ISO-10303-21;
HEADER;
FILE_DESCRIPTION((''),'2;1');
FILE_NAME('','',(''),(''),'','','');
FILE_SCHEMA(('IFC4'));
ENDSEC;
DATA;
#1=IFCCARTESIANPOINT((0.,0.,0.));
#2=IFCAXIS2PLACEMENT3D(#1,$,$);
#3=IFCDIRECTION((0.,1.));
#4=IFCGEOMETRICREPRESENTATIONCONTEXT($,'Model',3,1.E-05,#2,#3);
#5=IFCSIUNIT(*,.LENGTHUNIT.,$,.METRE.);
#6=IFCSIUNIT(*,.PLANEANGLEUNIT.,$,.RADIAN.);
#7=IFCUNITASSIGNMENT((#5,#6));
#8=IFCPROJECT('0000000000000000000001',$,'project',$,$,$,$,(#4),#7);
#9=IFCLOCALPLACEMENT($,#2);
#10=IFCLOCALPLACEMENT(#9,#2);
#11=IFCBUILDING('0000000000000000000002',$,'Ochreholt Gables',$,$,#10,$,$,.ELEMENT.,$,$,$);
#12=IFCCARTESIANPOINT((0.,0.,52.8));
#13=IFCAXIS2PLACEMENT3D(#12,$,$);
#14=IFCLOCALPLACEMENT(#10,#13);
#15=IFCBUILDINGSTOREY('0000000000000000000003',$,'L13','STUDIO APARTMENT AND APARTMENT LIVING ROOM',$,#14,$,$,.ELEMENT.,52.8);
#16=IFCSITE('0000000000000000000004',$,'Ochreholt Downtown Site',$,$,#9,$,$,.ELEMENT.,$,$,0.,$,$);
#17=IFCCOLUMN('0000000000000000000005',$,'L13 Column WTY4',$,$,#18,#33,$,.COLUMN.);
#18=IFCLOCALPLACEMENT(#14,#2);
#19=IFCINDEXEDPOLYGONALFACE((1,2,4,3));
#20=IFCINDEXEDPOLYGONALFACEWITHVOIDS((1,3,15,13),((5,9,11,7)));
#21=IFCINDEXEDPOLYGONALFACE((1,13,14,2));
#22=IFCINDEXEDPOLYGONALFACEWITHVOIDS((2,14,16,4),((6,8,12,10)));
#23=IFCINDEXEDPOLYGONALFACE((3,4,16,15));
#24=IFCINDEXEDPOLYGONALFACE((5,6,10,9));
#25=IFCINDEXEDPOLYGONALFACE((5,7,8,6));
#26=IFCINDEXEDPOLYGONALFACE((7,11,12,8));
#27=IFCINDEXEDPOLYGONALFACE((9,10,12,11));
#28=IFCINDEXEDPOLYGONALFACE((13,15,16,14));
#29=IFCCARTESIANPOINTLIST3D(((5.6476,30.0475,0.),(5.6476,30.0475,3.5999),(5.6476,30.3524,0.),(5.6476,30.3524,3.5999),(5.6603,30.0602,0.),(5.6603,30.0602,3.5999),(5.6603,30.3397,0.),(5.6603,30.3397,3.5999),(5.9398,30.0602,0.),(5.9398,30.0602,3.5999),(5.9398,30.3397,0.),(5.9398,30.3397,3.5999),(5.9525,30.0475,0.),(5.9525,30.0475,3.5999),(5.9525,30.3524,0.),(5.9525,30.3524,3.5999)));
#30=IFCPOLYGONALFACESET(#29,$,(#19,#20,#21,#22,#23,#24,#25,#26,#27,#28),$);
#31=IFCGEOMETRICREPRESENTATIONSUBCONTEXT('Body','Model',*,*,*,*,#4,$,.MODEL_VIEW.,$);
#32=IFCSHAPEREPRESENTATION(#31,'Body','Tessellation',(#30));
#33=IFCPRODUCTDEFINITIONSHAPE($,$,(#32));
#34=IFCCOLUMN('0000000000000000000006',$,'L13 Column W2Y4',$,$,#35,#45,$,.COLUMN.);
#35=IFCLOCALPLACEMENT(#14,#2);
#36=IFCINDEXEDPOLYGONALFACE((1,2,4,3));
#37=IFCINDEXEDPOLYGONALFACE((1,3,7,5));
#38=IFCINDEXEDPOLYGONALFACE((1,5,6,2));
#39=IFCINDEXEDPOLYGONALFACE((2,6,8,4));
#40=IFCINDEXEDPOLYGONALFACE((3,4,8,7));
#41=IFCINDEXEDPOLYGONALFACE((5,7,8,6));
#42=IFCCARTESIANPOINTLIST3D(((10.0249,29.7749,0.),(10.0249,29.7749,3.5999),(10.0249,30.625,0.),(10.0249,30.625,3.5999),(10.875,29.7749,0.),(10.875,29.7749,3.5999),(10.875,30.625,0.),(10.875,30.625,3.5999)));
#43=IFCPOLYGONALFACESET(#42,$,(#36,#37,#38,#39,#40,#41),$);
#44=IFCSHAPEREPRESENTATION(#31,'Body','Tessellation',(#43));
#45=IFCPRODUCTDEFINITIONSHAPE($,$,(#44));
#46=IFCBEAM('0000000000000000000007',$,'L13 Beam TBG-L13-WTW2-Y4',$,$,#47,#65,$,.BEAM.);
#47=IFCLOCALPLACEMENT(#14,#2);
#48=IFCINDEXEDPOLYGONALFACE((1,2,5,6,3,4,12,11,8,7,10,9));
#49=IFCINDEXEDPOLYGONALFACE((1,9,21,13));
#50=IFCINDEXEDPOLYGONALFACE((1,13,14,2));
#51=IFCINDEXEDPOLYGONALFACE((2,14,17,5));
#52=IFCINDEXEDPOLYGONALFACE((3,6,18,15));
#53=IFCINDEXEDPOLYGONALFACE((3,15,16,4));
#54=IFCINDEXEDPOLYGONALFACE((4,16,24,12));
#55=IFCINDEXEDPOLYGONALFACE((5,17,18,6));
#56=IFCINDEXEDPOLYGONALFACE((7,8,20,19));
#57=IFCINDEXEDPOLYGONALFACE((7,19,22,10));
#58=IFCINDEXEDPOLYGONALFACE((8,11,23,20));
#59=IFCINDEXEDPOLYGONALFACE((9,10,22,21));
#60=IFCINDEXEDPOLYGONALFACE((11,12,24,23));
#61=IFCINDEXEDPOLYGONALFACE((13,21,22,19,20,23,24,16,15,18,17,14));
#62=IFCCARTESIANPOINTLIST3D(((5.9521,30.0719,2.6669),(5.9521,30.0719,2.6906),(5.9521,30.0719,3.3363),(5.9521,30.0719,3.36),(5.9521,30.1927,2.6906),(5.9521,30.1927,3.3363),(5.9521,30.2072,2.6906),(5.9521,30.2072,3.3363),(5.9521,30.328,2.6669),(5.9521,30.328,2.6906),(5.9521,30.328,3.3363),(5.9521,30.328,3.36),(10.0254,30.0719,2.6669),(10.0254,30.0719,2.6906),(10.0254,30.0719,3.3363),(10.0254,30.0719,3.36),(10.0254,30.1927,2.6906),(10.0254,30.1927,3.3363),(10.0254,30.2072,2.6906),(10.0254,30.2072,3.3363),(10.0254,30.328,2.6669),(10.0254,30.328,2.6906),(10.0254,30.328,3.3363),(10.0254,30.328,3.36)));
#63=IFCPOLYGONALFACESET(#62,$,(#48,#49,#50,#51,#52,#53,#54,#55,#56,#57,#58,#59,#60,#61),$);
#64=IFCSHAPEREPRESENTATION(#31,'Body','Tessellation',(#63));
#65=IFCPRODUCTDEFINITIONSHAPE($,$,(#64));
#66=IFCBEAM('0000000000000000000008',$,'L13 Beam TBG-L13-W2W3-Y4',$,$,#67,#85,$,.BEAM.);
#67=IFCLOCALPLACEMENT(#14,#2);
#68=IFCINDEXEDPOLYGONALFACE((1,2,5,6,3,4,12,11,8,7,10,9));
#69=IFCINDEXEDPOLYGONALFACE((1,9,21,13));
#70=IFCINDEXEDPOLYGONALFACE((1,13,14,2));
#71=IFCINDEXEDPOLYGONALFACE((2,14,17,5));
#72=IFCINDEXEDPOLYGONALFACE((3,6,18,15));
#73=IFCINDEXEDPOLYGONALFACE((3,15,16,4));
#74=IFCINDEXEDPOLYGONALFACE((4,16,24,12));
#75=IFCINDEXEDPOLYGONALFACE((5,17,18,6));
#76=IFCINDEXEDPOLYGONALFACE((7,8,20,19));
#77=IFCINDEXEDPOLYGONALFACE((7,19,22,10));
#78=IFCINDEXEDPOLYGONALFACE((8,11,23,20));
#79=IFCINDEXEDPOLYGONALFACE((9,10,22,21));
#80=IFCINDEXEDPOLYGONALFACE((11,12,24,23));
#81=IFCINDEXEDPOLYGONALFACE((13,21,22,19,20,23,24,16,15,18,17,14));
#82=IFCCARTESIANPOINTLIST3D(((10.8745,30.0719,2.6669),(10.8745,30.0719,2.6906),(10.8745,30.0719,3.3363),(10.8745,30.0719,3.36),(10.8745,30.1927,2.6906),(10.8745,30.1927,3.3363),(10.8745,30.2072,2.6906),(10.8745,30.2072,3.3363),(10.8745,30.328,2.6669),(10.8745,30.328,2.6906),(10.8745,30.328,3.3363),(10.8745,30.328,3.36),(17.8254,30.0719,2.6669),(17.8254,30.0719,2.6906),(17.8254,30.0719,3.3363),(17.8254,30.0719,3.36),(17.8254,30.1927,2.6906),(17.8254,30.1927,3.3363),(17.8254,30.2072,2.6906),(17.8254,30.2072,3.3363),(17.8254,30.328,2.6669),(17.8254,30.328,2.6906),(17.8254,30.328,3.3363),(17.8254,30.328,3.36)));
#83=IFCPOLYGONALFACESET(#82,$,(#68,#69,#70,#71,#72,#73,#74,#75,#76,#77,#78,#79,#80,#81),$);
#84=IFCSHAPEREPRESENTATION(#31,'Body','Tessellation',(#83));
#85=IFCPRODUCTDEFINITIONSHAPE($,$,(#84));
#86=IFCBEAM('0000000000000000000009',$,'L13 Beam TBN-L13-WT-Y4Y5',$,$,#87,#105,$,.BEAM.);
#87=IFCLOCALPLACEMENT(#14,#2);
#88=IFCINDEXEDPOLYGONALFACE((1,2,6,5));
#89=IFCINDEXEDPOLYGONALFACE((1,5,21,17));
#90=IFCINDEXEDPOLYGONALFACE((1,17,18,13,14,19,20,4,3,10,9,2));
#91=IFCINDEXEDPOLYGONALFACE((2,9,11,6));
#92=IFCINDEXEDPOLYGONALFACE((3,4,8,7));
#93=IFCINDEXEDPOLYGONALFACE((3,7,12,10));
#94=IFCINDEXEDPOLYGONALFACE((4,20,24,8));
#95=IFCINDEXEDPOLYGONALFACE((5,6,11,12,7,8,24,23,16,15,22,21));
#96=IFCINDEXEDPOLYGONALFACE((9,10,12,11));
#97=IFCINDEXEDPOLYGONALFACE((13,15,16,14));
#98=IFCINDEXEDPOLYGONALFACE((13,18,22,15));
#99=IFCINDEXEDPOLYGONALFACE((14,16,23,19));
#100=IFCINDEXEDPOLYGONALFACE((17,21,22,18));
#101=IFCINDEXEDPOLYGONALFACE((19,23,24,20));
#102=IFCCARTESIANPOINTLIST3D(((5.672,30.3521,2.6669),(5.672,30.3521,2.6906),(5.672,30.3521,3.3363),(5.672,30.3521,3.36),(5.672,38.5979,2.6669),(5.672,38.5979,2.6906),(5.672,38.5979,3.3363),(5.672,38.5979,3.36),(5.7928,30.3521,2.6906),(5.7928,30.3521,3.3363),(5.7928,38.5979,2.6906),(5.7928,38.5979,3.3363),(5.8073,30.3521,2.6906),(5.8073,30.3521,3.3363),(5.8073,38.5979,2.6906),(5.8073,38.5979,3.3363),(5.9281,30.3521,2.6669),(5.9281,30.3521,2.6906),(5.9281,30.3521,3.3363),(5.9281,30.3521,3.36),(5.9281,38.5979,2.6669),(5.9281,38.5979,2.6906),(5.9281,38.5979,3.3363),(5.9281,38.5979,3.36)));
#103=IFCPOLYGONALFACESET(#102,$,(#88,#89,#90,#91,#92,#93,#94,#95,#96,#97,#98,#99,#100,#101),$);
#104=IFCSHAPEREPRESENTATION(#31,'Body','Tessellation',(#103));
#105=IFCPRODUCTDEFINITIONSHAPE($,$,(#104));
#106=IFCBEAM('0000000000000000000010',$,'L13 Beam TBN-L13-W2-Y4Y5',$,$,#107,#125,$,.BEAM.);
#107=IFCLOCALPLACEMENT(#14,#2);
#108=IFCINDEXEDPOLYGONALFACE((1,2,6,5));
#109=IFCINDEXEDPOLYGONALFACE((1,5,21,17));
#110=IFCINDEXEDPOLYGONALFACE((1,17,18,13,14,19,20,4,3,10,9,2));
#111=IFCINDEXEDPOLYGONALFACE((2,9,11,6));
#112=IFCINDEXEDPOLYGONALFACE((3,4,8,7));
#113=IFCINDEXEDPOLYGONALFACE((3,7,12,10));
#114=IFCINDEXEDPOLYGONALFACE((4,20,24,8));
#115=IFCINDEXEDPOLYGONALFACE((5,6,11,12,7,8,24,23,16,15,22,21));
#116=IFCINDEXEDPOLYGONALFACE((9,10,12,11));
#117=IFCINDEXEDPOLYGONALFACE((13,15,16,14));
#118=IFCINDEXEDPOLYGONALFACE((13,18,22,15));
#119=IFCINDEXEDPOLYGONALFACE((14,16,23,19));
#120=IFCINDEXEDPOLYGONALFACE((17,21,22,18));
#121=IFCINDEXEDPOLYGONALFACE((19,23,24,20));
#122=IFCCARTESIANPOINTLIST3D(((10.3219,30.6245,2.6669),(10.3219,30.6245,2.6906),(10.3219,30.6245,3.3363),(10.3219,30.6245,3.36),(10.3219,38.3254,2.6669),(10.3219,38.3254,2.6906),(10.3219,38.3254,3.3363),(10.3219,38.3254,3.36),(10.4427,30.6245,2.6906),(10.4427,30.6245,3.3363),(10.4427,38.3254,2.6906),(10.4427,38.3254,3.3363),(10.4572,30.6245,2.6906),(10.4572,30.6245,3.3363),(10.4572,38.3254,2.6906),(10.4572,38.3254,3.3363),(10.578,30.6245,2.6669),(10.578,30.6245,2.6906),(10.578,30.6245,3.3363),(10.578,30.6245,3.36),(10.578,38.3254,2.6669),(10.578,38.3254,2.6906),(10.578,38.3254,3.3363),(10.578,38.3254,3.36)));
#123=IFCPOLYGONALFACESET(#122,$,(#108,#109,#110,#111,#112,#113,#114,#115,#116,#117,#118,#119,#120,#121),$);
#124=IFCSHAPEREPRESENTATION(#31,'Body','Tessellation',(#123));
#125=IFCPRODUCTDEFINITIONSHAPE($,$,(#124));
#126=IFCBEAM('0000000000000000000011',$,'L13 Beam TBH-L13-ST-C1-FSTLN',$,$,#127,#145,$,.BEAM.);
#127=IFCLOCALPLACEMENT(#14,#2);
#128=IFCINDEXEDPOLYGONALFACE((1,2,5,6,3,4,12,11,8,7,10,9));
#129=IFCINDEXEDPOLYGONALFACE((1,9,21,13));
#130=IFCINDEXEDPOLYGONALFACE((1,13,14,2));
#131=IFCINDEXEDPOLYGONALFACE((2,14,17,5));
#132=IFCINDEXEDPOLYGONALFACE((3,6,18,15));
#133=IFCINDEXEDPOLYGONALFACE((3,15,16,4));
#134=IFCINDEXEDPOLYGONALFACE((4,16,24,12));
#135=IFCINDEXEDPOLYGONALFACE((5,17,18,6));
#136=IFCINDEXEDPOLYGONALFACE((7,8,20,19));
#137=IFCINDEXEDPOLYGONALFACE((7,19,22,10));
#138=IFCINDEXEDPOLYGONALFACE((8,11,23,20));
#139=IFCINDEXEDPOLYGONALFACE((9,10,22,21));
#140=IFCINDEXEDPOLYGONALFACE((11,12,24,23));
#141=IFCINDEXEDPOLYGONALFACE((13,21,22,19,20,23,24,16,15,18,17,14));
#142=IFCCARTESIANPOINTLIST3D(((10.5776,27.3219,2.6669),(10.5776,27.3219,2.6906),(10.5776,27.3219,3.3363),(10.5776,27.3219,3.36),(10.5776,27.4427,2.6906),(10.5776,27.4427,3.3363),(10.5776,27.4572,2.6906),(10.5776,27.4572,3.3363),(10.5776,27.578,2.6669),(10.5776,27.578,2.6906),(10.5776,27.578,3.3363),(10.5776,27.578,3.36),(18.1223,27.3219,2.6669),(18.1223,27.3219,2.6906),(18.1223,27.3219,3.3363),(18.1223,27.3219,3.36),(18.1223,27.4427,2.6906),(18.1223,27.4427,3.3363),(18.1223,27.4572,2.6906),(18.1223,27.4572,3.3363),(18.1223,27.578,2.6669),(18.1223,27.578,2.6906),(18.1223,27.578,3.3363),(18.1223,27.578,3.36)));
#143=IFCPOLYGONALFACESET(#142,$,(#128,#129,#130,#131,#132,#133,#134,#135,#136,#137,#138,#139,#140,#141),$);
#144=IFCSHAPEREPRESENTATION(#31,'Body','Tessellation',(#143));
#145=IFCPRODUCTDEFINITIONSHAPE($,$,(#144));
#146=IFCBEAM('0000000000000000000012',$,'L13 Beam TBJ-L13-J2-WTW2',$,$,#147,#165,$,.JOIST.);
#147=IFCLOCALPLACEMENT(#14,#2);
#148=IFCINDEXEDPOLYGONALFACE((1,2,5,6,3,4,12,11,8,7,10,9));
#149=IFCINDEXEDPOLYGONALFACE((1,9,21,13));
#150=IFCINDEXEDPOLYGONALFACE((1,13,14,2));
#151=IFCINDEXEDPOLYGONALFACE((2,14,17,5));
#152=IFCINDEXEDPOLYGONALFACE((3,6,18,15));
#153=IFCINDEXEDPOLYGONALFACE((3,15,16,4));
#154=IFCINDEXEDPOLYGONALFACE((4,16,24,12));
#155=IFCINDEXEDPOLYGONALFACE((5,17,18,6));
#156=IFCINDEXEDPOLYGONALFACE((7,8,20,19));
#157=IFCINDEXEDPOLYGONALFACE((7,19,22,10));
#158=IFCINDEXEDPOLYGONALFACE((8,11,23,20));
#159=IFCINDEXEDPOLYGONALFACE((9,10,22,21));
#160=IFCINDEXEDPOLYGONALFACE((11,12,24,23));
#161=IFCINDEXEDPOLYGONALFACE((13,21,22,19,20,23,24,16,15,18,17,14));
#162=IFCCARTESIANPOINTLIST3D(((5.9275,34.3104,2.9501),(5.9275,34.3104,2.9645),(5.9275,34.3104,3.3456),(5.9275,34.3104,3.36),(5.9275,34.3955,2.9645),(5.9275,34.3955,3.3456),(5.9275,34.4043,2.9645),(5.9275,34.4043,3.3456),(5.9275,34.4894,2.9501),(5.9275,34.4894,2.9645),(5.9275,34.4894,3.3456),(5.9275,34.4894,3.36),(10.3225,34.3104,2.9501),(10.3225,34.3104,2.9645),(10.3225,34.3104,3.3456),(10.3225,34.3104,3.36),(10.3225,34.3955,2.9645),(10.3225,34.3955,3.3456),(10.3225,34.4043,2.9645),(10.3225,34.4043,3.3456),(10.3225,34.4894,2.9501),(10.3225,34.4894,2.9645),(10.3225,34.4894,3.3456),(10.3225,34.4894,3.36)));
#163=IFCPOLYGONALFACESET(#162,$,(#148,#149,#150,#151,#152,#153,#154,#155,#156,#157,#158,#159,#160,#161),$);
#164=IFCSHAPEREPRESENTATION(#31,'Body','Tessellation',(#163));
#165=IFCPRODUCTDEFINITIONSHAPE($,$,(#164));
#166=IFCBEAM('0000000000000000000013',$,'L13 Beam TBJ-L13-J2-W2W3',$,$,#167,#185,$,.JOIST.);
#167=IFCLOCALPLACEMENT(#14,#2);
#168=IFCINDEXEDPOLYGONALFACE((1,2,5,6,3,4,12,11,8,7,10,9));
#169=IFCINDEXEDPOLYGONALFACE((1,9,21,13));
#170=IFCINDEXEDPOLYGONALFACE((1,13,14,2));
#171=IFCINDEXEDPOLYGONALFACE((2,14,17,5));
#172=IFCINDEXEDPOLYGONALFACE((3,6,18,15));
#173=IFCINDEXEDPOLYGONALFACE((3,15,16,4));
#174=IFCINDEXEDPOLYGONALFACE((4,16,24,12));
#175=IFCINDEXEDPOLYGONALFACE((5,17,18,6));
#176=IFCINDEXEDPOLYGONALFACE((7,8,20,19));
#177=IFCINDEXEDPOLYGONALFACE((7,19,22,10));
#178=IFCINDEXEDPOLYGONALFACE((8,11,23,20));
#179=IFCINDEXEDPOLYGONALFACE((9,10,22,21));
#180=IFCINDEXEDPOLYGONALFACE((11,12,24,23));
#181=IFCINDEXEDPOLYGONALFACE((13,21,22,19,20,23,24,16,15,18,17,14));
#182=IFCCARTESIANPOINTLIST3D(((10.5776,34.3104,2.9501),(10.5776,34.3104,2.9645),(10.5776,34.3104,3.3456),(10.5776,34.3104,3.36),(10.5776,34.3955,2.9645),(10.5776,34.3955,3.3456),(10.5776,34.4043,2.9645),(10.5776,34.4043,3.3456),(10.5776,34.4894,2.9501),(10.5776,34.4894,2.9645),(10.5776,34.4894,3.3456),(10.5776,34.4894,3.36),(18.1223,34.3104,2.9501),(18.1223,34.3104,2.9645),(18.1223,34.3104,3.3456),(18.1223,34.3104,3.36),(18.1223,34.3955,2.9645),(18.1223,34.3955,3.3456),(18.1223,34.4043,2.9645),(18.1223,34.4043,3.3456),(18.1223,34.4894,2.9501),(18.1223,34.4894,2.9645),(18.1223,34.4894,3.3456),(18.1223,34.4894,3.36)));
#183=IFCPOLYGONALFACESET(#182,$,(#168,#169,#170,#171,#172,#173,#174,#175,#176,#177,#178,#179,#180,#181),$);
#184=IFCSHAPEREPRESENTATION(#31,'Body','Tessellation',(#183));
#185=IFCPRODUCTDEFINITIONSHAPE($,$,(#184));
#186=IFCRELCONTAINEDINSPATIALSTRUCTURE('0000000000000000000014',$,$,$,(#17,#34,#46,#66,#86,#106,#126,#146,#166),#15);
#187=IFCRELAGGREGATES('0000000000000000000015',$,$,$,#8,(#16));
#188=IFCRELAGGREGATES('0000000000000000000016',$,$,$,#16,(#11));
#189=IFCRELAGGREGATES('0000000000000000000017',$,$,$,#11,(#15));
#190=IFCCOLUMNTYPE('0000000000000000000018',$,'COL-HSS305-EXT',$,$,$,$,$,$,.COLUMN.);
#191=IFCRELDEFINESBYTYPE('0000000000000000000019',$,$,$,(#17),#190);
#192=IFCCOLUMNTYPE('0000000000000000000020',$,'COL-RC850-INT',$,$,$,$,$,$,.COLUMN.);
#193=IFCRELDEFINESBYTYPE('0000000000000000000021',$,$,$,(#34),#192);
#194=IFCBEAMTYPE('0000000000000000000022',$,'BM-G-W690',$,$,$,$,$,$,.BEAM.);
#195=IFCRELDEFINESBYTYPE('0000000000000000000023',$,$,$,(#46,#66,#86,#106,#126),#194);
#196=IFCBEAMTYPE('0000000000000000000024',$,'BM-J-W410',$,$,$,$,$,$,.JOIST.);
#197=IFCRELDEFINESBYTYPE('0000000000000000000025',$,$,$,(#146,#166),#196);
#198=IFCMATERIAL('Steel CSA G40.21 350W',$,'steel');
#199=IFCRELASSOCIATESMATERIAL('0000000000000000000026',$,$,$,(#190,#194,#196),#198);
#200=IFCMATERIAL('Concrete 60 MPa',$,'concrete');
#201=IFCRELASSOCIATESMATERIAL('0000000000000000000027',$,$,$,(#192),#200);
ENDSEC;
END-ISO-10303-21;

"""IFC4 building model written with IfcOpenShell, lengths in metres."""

from ifc_helpers import new_model, si_unit, direction, frame, origin, origin_2d, place, context, subcontext, project, spatial, rectangle, hollow_rectangle, i_section, extrude, material, material_profile, profile_set, type_object, element, save


model = new_model("IFC4")

# Units and contexts
model_context = context("Model", 3, precision=1e-05, world=origin(), true_north=direction((0.0, 1.0)))
body_context = subcontext(model_context, "Body", "Model", "MODEL_VIEW")
ifc_project = project(units=[si_unit("LENGTHUNIT", "METRE"), si_unit("PLANEANGLEUNIT", "RADIAN")], contexts=[model_context])

# Site, building, storey
site_placement = place(None, origin())
site = spatial("IfcSite", under=ifc_project, at=site_placement, Name="Ochreholt Downtown Site", CompositionType="ELEMENT", RefElevation=0.0)
building_placement = place(site_placement, origin())
building = spatial("IfcBuilding", under=site, at=building_placement, Name="Ochreholt Gables", CompositionType="ELEMENT")
storey_placement = place(building_placement, frame((0.0, 0.0, 52.8)))
storey = spatial("IfcBuildingStorey", under=building, at=storey_placement, Name="L13", Description="STUDIO APARTMENT AND APARTMENT LIVING ROOM", CompositionType="ELEMENT", Elevation=52.8)

# Columns
ifc_material_1 = material(Name="Steel CSA G40.21 350W", Category="steel")
ifc_material_profile_1 = material_profile(ifc_material_1, hollow_rectangle(XDim=0.3049, YDim=0.3049, WallThickness=0.0127, at=origin_2d()), Name="HSS305X305X13")
ifc_profile_set_1 = profile_set([ifc_material_profile_1], Name="Steel CSA G40.21 350W")
column_type_1 = type_object("IfcColumnType", Name="COL-HSS305-EXT", PredefinedType="COLUMN", material=ifc_profile_set_1)
column_1_placement = place(storey_placement, frame((5.8, 30.2, 0.0), z_axis=(0.0, 0.0, 1.0), x_axis=(1.0, 0.0, 0.0)))
element("IfcColumn", 1, at=column_1_placement, inside=storey, type_object=column_type_1, Name="L13 Column WTY4", PredefinedType="COLUMN", context=body_context, shape_type="SweptSolid", body=[
    extrude(hollow_rectangle(XDim=0.3049, YDim=0.3049, WallThickness=0.0127, at=origin_2d()), origin(), (0.0, 0.0, 1.0), 3.5999),
])
ifc_material_2 = material(Name="Concrete 60 MPa", Category="concrete")
ifc_material_profile_2 = material_profile(ifc_material_2, rectangle(XDim=0.8501, YDim=0.8501, at=origin_2d()), Name="RC850X850")
ifc_profile_set_2 = profile_set([ifc_material_profile_2], Name="Concrete 60 MPa")
column_type_2 = type_object("IfcColumnType", Name="COL-RC850-INT", PredefinedType="COLUMN", material=ifc_profile_set_2)
column_2_placement = place(storey_placement, frame((10.45, 30.2, 0.0), z_axis=(0.0, 0.0, 1.0), x_axis=(1.0, 0.0, 0.0)))
element("IfcColumn", 2, at=column_2_placement, inside=storey, type_object=column_type_2, Name="L13 Column W2Y4", PredefinedType="COLUMN", context=body_context, shape_type="SweptSolid", body=[
    extrude(rectangle(XDim=0.8501, YDim=0.8501, at=origin_2d()), origin(), (0.0, 0.0, 1.0), 3.5999),
])

# Beams
ifc_material_profile_3 = material_profile(ifc_material_1, i_section(OverallWidth=0.2561, OverallDepth=0.6931, WebThickness=0.0144, FlangeThickness=0.0237, at=origin_2d()), Name="W690X170")
ifc_profile_set_3 = profile_set([ifc_material_profile_3], Name="Steel CSA G40.21 350W")
beam_type_1 = type_object("IfcBeamType", Name="BM-G-W690", PredefinedType="BEAM", material=ifc_profile_set_3)
beam_1_placement = place(storey_placement, frame((5.9521, 30.2, 3.0134), z_axis=(1.0, 0.0, 0.0), x_axis=(0.0, 1.0, 0.0)))
element("IfcBeam", 3, at=beam_1_placement, inside=storey, type_object=beam_type_1, Name="L13 Beam TBG-L13-WTW2-Y4", PredefinedType="BEAM", context=body_context, shape_type="SweptSolid", body=[
    extrude(i_section(OverallWidth=0.2561, OverallDepth=0.6931, WebThickness=0.0144, FlangeThickness=0.0237, at=origin_2d()), origin(), (0.0, 0.0, 1.0), 4.0732),
])
beam_2_placement = place(storey_placement, frame((10.8745, 30.2, 3.0134), z_axis=(1.0, 0.0, 0.0), x_axis=(0.0, 1.0, 0.0)))
element("IfcBeam", 4, at=beam_2_placement, inside=storey, type_object=beam_type_1, Name="L13 Beam TBG-L13-W2W3-Y4", PredefinedType="BEAM", context=body_context, shape_type="SweptSolid", body=[
    extrude(i_section(OverallWidth=0.2561, OverallDepth=0.6931, WebThickness=0.0144, FlangeThickness=0.0237, at=origin_2d()), origin(), (0.0, 0.0, 1.0), 6.9509),
])
beam_3_placement = place(storey_placement, frame((5.8, 30.3521, 3.0134), z_axis=(0.0, 1.0, 0.0), x_axis=(-1.0, 0.0, 0.0)))
element("IfcBeam", 5, at=beam_3_placement, inside=storey, type_object=beam_type_1, Name="L13 Beam TBN-L13-WT-Y4Y5", PredefinedType="BEAM", context=body_context, shape_type="SweptSolid", body=[
    extrude(i_section(OverallWidth=0.2561, OverallDepth=0.6931, WebThickness=0.0144, FlangeThickness=0.0237, at=origin_2d()), origin(), (0.0, 0.0, 1.0), 8.2458),
])
beam_4_placement = place(storey_placement, frame((10.45, 30.6245, 3.0134), z_axis=(0.0, 1.0, 0.0), x_axis=(-1.0, 0.0, 0.0)))
element("IfcBeam", 6, at=beam_4_placement, inside=storey, type_object=beam_type_1, Name="L13 Beam TBN-L13-W2-Y4Y5", PredefinedType="BEAM", context=body_context, shape_type="SweptSolid", body=[
    extrude(i_section(OverallWidth=0.2561, OverallDepth=0.6931, WebThickness=0.0144, FlangeThickness=0.0237, at=origin_2d()), origin(), (0.0, 0.0, 1.0), 7.7009),
])
beam_5_placement = place(storey_placement, frame((10.5776, 27.45, 3.0134), z_axis=(1.0, 0.0, 0.0), x_axis=(0.0, 1.0, 0.0)))
element("IfcBeam", 7, at=beam_5_placement, inside=storey, type_object=beam_type_1, Name="L13 Beam TBH-L13-ST-C1-FSTLN", PredefinedType="BEAM", context=body_context, shape_type="SweptSolid", body=[
    extrude(i_section(OverallWidth=0.2561, OverallDepth=0.6931, WebThickness=0.0144, FlangeThickness=0.0237, at=origin_2d()), origin(), (0.0, 0.0, 1.0), 7.5447),
])
ifc_material_profile_4 = material_profile(ifc_material_1, i_section(OverallWidth=0.179, OverallDepth=0.4099, WebThickness=0.0088, FlangeThickness=0.0144, at=origin_2d()), Name="W410X67")
ifc_profile_set_4 = profile_set([ifc_material_profile_4], Name="Steel CSA G40.21 350W")
beam_type_2 = type_object("IfcBeamType", Name="BM-J-W410", PredefinedType="JOIST", material=ifc_profile_set_4)
beam_6_placement = place(storey_placement, frame((5.9275, 34.3999, 3.155), z_axis=(1.0, 0.0, 0.0), x_axis=(0.0, 1.0, 0.0)))
element("IfcBeam", 8, at=beam_6_placement, inside=storey, type_object=beam_type_2, Name="L13 Beam TBJ-L13-J2-WTW2", PredefinedType="JOIST", context=body_context, shape_type="SweptSolid", body=[
    extrude(i_section(OverallWidth=0.179, OverallDepth=0.4099, WebThickness=0.0088, FlangeThickness=0.0144, at=origin_2d()), origin(), (0.0, 0.0, 1.0), 4.395),
])
beam_7_placement = place(storey_placement, frame((10.5776, 34.3999, 3.155), z_axis=(1.0, 0.0, 0.0), x_axis=(0.0, 1.0, 0.0)))
element("IfcBeam", 9, at=beam_7_placement, inside=storey, type_object=beam_type_2, Name="L13 Beam TBJ-L13-J2-W2W3", PredefinedType="JOIST", context=body_context, shape_type="SweptSolid", body=[
    extrude(i_section(OverallWidth=0.179, OverallDepth=0.4099, WebThickness=0.0088, FlangeThickness=0.0144, at=origin_2d()), origin(), (0.0, 0.0, 1.0), 7.5447),
])

save(model, "model.ifc")
